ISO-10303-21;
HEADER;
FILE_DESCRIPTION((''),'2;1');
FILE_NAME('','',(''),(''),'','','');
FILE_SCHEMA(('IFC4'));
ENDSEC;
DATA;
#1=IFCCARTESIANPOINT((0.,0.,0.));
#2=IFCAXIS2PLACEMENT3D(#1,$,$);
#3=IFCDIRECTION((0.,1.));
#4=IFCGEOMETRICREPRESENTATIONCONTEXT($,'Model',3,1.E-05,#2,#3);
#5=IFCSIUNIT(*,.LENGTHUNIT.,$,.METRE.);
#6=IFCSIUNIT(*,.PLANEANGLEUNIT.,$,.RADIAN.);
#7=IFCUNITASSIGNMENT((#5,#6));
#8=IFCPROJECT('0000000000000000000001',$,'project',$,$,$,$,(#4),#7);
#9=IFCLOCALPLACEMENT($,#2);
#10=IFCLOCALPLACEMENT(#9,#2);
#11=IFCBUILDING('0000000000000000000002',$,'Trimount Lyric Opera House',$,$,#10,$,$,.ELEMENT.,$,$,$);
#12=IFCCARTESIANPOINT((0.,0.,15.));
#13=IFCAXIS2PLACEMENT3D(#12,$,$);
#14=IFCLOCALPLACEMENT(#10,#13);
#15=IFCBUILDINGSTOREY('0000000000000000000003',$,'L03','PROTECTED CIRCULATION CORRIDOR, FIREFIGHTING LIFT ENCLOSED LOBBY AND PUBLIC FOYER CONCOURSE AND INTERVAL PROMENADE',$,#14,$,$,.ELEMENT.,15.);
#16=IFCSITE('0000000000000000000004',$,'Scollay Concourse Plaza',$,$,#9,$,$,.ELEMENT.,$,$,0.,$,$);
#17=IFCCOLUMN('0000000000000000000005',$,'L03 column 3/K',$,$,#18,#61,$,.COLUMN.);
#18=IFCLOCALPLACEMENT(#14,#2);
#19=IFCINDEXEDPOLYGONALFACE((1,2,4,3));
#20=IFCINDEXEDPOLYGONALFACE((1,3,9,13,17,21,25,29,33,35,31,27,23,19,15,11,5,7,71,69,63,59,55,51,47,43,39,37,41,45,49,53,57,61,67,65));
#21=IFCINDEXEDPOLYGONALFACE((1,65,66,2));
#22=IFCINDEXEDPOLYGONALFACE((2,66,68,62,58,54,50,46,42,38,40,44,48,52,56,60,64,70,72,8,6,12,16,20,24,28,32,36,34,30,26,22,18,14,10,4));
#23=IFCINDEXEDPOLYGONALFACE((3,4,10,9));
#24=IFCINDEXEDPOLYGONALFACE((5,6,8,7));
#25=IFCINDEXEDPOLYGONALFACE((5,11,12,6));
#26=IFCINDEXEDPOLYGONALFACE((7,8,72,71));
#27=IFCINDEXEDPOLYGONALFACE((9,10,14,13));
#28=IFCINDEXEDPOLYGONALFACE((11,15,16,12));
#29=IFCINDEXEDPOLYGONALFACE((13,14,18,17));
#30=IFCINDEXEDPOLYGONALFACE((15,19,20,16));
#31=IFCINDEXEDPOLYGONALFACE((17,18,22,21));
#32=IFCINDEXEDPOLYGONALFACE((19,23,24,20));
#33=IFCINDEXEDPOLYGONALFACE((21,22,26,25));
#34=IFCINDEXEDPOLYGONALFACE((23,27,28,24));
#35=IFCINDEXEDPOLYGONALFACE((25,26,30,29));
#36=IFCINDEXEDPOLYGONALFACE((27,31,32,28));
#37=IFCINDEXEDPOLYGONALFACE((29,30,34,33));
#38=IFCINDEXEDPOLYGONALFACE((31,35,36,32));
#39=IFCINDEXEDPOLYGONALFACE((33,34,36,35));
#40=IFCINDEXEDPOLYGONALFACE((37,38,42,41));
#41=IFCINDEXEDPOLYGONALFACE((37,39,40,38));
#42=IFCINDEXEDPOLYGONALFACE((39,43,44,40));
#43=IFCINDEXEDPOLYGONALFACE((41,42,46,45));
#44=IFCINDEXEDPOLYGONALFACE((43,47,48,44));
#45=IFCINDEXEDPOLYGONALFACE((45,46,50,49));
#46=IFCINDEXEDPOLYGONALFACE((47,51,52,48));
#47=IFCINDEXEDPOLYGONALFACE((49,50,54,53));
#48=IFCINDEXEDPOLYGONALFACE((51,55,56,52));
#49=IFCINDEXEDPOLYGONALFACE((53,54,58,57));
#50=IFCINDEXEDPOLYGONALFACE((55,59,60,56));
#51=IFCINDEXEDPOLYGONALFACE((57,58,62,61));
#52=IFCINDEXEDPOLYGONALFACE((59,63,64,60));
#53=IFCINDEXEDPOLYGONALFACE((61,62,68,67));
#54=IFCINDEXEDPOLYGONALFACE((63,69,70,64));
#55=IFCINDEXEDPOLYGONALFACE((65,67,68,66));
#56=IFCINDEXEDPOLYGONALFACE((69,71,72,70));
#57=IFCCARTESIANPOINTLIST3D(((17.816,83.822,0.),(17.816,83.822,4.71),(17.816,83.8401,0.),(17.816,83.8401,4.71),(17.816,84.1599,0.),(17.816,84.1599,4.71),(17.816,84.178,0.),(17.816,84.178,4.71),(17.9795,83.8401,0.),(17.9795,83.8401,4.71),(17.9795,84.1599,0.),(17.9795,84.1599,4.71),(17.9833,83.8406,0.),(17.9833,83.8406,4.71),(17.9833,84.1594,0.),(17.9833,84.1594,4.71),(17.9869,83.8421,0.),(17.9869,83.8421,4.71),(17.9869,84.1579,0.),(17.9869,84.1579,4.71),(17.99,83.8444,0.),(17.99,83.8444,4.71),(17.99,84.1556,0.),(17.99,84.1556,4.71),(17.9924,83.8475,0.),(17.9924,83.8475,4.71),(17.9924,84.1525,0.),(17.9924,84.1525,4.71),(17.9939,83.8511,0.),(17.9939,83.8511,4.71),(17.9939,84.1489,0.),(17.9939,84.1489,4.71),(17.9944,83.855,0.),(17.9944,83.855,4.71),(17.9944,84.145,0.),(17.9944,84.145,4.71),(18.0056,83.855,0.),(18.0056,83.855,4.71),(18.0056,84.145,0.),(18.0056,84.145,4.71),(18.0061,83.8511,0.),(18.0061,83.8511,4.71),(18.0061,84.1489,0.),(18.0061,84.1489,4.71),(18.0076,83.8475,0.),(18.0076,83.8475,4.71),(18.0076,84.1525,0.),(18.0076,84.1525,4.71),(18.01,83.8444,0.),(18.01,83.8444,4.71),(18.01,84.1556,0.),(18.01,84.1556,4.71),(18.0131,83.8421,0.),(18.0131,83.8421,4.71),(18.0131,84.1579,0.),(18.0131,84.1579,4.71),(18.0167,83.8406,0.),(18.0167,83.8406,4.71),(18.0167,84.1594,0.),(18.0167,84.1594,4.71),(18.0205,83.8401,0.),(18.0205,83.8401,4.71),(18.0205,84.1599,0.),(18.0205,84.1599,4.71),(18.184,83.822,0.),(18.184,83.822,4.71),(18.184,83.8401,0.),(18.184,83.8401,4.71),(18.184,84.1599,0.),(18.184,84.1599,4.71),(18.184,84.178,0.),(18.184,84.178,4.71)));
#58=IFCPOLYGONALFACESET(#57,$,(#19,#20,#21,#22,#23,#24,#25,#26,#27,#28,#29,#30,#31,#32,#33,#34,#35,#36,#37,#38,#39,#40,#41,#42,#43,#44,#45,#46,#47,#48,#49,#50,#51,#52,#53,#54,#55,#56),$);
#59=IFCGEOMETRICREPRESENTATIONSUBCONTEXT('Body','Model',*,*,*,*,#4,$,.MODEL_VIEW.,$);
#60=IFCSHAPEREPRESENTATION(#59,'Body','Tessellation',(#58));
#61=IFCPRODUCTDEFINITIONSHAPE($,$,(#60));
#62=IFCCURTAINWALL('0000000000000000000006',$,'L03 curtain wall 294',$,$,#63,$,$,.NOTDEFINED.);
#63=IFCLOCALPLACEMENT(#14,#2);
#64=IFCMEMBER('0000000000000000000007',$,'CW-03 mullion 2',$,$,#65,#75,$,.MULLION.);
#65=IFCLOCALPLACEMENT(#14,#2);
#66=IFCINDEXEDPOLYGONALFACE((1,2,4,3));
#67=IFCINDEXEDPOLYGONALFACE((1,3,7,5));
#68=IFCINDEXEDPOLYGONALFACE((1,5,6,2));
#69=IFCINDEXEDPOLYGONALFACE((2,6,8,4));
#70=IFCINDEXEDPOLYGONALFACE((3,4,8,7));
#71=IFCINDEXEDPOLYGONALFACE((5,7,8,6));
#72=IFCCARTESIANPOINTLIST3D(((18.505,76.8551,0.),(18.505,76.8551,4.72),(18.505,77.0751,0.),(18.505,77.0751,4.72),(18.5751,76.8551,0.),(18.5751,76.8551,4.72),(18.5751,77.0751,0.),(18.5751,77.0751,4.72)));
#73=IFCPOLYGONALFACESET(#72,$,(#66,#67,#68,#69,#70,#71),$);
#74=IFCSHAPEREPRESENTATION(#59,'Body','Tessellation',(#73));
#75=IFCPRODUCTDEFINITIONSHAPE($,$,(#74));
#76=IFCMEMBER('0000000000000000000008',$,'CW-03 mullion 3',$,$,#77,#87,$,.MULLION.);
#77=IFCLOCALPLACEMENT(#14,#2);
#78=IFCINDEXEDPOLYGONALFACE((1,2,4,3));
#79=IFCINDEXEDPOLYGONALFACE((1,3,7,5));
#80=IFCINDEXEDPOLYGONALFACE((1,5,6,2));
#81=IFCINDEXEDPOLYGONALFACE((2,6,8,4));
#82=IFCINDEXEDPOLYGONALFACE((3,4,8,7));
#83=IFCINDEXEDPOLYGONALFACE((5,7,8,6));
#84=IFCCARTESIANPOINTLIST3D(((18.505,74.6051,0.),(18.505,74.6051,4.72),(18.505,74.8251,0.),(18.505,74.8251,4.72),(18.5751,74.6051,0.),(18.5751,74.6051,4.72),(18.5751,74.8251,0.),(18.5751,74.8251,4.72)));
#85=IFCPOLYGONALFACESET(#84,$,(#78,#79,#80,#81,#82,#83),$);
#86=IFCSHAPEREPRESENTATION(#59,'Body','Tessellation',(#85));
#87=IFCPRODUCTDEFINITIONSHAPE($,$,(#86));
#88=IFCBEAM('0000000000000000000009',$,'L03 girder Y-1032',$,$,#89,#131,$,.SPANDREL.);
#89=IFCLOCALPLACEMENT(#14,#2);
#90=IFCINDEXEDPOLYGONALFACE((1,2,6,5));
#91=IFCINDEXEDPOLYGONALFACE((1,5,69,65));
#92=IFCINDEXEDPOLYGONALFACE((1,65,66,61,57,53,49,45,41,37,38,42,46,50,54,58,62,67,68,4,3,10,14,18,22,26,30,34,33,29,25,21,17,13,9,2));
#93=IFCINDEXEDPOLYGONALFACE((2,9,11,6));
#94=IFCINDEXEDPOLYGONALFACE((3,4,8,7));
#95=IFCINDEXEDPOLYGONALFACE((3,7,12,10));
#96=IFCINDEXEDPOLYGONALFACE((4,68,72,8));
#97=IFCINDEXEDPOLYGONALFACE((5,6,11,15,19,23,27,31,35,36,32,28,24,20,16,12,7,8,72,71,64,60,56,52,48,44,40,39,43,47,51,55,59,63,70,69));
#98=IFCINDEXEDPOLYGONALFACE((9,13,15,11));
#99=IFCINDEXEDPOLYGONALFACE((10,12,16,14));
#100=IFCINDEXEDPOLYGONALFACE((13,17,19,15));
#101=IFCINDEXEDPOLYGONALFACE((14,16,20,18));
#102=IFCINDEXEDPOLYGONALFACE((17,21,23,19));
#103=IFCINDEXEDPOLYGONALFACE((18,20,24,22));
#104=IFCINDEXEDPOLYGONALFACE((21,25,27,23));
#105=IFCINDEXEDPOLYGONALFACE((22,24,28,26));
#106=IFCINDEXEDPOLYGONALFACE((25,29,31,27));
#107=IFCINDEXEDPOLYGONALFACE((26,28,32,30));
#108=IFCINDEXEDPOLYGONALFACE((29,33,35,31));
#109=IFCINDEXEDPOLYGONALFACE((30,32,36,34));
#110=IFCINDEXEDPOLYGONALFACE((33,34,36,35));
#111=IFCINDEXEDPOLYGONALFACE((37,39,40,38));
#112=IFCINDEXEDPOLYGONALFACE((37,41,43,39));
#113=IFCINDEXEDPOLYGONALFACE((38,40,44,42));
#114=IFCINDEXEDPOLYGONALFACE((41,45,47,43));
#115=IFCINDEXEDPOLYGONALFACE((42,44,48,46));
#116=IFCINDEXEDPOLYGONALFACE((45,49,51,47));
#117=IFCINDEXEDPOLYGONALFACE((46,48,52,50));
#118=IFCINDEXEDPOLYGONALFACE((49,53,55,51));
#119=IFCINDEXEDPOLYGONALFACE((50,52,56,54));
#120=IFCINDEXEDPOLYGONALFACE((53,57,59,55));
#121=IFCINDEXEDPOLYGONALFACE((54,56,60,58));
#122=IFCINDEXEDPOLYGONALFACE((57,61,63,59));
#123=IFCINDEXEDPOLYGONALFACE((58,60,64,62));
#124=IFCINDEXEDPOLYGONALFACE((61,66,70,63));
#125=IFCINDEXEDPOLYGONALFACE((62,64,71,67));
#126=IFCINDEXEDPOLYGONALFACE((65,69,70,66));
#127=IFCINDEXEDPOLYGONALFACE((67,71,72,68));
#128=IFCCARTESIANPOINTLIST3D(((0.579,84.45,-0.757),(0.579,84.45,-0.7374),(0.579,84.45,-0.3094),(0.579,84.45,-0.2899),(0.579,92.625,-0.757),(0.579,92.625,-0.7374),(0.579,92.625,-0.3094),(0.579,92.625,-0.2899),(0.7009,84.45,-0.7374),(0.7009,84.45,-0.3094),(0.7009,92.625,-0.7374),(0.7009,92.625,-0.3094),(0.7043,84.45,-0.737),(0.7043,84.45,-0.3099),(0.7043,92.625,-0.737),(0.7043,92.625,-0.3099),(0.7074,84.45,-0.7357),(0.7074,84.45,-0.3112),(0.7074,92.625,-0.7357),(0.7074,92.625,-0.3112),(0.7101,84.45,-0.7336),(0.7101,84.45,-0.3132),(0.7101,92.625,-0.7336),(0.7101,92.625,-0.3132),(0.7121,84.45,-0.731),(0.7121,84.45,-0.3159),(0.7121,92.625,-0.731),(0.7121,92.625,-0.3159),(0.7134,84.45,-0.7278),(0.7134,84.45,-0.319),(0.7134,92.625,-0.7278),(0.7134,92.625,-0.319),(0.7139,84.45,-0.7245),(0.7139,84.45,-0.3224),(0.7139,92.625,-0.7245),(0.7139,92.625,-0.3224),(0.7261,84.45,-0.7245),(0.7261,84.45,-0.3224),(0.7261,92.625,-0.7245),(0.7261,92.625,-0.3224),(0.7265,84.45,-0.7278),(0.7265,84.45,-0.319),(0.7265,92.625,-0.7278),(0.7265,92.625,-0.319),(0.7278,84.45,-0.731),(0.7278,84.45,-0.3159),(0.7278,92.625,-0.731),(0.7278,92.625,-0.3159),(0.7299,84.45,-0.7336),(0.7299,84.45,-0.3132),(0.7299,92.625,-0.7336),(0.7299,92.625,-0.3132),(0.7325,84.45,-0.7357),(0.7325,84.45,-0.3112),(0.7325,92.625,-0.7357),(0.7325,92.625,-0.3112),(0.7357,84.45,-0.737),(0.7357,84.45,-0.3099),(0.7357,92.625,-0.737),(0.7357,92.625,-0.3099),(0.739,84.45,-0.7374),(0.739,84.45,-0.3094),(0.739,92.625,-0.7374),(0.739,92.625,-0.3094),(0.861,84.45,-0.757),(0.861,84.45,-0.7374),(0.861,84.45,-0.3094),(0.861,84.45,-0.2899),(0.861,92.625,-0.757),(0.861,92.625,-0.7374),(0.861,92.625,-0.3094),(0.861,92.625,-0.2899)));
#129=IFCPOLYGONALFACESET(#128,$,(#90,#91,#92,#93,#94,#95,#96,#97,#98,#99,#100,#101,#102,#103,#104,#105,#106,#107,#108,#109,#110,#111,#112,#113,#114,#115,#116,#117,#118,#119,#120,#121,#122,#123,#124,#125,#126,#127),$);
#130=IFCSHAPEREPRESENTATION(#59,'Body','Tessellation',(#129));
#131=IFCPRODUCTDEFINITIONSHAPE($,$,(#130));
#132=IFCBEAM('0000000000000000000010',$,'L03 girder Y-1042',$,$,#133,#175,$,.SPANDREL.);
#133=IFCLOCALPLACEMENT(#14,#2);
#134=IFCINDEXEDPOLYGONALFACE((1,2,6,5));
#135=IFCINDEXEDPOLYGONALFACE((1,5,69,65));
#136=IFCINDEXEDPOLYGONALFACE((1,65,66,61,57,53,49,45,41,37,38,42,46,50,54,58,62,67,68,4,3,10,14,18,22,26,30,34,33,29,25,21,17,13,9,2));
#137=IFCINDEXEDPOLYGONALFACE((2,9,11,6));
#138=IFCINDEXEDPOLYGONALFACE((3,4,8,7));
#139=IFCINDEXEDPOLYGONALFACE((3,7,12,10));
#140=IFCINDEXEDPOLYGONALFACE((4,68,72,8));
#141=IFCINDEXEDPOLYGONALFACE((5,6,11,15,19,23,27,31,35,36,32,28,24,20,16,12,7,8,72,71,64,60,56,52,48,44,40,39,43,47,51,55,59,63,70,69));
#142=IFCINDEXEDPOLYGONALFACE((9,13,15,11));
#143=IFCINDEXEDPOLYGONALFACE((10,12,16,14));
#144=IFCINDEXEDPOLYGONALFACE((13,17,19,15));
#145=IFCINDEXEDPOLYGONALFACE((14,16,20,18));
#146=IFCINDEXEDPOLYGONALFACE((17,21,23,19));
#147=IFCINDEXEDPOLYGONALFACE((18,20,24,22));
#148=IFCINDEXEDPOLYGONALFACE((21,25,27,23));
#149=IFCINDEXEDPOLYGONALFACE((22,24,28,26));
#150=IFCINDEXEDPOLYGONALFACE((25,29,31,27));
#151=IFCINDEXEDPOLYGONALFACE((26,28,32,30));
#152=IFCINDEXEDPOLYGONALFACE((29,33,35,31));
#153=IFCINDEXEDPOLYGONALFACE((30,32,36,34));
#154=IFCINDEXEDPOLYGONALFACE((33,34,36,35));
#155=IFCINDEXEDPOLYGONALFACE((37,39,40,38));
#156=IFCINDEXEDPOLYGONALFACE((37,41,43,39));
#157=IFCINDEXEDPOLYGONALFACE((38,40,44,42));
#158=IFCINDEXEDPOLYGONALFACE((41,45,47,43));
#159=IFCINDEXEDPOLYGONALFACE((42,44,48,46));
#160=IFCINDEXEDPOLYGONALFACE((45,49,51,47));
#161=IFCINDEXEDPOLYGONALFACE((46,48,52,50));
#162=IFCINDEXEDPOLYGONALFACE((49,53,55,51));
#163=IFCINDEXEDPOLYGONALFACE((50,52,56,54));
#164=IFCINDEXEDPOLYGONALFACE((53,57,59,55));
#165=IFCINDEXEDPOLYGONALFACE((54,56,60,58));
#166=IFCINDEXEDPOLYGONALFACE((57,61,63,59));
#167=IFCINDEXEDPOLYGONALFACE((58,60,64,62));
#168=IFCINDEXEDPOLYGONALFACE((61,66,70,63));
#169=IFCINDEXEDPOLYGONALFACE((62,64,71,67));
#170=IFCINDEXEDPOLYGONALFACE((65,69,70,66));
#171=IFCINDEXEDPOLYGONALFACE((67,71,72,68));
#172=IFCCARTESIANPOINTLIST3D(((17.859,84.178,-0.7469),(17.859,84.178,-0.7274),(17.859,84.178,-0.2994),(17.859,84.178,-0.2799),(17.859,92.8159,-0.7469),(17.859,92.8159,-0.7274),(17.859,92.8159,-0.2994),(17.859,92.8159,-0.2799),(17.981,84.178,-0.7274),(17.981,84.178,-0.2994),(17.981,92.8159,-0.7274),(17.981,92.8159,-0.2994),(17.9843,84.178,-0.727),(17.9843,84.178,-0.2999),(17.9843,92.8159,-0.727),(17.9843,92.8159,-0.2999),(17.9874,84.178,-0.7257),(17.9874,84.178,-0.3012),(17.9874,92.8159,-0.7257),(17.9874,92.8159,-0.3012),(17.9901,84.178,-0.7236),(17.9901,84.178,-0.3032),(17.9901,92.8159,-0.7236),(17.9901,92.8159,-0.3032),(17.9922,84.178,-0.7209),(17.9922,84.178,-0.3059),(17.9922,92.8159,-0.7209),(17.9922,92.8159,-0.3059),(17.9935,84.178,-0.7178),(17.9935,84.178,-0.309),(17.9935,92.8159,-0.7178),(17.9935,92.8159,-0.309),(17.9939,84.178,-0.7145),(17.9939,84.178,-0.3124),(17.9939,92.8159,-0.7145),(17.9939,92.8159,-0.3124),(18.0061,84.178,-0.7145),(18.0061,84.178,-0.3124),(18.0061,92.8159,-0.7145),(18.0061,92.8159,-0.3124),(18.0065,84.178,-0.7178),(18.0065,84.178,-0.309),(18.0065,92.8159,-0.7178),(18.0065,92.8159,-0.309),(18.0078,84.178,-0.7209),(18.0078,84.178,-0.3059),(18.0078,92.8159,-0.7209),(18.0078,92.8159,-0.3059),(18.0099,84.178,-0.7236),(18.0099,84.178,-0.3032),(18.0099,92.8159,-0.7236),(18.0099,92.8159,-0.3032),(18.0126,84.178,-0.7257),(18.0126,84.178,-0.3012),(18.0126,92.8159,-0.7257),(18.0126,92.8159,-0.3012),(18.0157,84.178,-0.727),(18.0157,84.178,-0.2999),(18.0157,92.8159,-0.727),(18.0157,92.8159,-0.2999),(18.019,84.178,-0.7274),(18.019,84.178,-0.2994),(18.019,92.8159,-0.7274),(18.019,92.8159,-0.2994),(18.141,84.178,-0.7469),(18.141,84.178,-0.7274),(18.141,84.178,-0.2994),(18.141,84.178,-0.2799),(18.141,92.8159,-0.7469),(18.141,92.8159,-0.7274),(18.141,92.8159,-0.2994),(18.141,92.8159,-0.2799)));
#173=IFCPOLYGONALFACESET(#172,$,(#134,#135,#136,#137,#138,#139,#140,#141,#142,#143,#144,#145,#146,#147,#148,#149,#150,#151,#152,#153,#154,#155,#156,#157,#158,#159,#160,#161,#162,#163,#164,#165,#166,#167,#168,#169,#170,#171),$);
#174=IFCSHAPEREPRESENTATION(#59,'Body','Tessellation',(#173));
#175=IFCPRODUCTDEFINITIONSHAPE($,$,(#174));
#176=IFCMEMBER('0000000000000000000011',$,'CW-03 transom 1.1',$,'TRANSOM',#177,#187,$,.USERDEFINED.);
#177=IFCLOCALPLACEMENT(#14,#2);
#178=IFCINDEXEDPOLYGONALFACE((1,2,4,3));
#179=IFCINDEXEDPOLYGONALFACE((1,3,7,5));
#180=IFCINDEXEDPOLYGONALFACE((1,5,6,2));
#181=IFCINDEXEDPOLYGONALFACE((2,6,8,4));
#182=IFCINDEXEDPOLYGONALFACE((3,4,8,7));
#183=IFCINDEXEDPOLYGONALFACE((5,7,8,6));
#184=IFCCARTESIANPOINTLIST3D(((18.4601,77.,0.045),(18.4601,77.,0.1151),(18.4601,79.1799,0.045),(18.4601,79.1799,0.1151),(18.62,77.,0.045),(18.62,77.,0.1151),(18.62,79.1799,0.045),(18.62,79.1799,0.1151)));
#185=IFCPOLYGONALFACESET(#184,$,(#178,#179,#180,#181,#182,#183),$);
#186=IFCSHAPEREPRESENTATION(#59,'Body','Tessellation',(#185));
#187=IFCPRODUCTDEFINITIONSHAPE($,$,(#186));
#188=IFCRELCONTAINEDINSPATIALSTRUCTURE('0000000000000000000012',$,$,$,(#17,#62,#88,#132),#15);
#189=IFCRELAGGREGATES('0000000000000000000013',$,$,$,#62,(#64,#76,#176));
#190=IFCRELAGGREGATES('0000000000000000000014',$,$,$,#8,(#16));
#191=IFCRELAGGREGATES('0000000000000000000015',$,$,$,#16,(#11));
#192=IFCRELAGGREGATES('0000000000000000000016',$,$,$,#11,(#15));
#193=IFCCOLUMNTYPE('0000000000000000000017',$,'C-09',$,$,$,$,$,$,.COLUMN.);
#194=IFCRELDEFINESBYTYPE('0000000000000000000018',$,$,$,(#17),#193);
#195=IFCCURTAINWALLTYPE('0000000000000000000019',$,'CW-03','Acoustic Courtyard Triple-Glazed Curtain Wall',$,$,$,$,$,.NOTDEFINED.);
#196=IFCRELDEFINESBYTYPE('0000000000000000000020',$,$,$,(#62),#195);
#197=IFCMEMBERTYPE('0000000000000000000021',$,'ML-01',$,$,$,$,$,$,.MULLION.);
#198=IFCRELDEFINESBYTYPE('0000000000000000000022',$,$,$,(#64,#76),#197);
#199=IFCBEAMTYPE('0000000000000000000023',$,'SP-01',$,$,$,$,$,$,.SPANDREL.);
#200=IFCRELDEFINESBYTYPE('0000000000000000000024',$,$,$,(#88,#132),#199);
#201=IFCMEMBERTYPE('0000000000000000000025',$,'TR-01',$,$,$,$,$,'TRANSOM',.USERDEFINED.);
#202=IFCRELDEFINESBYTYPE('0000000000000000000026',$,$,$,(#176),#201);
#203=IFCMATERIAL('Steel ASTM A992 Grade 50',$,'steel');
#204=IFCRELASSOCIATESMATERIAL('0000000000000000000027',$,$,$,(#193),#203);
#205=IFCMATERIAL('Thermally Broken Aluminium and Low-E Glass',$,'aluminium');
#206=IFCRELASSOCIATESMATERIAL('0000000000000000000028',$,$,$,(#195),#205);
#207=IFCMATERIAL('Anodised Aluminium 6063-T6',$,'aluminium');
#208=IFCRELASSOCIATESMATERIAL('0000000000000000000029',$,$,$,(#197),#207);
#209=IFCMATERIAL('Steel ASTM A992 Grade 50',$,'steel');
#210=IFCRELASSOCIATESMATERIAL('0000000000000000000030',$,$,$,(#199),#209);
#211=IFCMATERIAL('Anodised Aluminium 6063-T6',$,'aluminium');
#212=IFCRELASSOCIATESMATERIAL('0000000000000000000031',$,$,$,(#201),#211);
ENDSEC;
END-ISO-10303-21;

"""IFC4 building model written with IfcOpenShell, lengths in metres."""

from ifc_helpers import new_model, si_unit, direction, frame, origin, origin_2d, place, context, subcontext, project, spatial, rectangle, i_section, extrude, material, material_profile, profile_set, type_object, element, aggregate, save


model = new_model("IFC4")

# Units and contexts
model_context = context("Model", 3, precision=1e-05, world=origin(), true_north=direction((0.0, 1.0)))
body_context = subcontext(model_context, "Body", "Model", "MODEL_VIEW")
ifc_project = project(units=[si_unit("LENGTHUNIT", "METRE"), si_unit("PLANEANGLEUNIT", "RADIAN")], contexts=[model_context])

# Site, building, storey
site_placement = place(None, origin())
site = spatial("IfcSite", under=ifc_project, at=site_placement, Name="Scollay Concourse Plaza", CompositionType="ELEMENT", RefElevation=0.0)
building_placement = place(site_placement, origin())
building = spatial("IfcBuilding", under=site, at=building_placement, Name="Trimount Lyric Opera House", CompositionType="ELEMENT")
storey_placement = place(building_placement, frame((0.0, 0.0, 15.0)))
storey = spatial("IfcBuildingStorey", under=building, at=storey_placement, Name="L03", Description="PROTECTED CIRCULATION CORRIDOR, FIREFIGHTING LIFT ENCLOSED LOBBY AND PUBLIC FOYER CONCOURSE AND INTERVAL PROMENADE", CompositionType="ELEMENT", Elevation=15.0)

# Column
ifc_material_1 = material(Name="Steel ASTM A992 Grade 50", Category="steel")
ifc_material_profile_1 = material_profile(ifc_material_1, i_section(OverallWidth=0.3679, OverallDepth=0.356, WebThickness=0.0112, FlangeThickness=0.0181, FilletRadius=0.0149, at=origin_2d()), Name="W14X90")
ifc_profile_set_1 = profile_set([ifc_material_profile_1], Name="Steel ASTM A992 Grade 50")
column_type = type_object("IfcColumnType", Name="C-09", PredefinedType="COLUMN", material=ifc_profile_set_1)
column_placement = place(storey_placement, frame((18.0, 84.0, 0.0), z_axis=(0.0, 0.0, 1.0), x_axis=(1.0, 0.0, 0.0)))
element("IfcColumn", 1, at=column_placement, inside=storey, type_object=column_type, Name="L03 column 3/K", PredefinedType="COLUMN", context=body_context, shape_type="SweptSolid", body=[
    extrude(i_section(OverallWidth=0.3679, OverallDepth=0.356, WebThickness=0.0112, FlangeThickness=0.0181, FilletRadius=0.0149, at=origin_2d()), origin(), (0.0, 0.0, 1.0), 4.71),
])

# Curtain wall, members
ifc_material_2 = material(Name="Thermally Broken Aluminium and Low-E Glass", Category="aluminium")
curtain_wall_type = type_object("IfcCurtainWallType", Name="CW-03", Description="Acoustic Courtyard Triple-Glazed Curtain Wall", PredefinedType="NOTDEFINED", material=ifc_material_2)
curtain_wall_placement = place(storey_placement, origin())
curtain_wall = element("IfcCurtainWall", 2, at=curtain_wall_placement, inside=storey, type_object=curtain_wall_type, Name="L03 curtain wall 294", PredefinedType="NOTDEFINED")
ifc_material_3 = material(Name="Anodised Aluminium 6063-T6", Category="aluminium")
ifc_material_profile_2 = material_profile(ifc_material_3, rectangle(XDim=0.0701, YDim=0.22, at=origin_2d()), Name="ALU-MULL-70X220")
ifc_profile_set_2 = profile_set([ifc_material_profile_2], Name="Anodised Aluminium 6063-T6")
member_type_1 = type_object("IfcMemberType", Name="ML-01", PredefinedType="MULLION", material=ifc_profile_set_2)
member_1_placement = place(storey_placement, frame((18.54, 76.9651, 0.0), z_axis=(0.0, 0.0, 1.0), x_axis=(1.0, 0.0, 0.0)))
member_1 = element("IfcMember", 3, at=member_1_placement, type_object=member_type_1, Name="CW-03 mullion 2", PredefinedType="MULLION", context=body_context, shape_type="SweptSolid", body=[
    extrude(rectangle(XDim=0.0701, YDim=0.22, at=origin_2d()), origin(), (0.0, 0.0, 1.0), 4.72),
])
member_2_placement = place(storey_placement, frame((18.54, 74.7151, 0.0), z_axis=(0.0, 0.0, 1.0), x_axis=(1.0, 0.0, 0.0)))
member_2 = element("IfcMember", 4, at=member_2_placement, type_object=member_type_1, Name="CW-03 mullion 3", PredefinedType="MULLION", context=body_context, shape_type="SweptSolid", body=[
    extrude(rectangle(XDim=0.0701, YDim=0.22, at=origin_2d()), origin(), (0.0, 0.0, 1.0), 4.72),
])

# Beams
ifc_material_4 = material(Name="Steel ASTM A992 Grade 50", Category="steel")
ifc_material_profile_3 = material_profile(ifc_material_4, i_section(OverallWidth=0.282, OverallDepth=0.467, WebThickness=0.0122, FlangeThickness=0.0195, FilletRadius=0.0129, at=origin_2d()), Name="W18X86")
ifc_profile_set_3 = profile_set([ifc_material_profile_3], Name="Steel ASTM A992 Grade 50")
beam_type = type_object("IfcBeamType", Name="SP-01", PredefinedType="SPANDREL", material=ifc_profile_set_3)
beam_1_placement = place(storey_placement, frame((0.72, 84.45, -0.5234), z_axis=(0.0, 1.0, 0.0), x_axis=(-1.0, 0.0, 0.0)))
element("IfcBeam", 5, at=beam_1_placement, inside=storey, type_object=beam_type, Name="L03 girder Y-1032", PredefinedType="SPANDREL", context=body_context, shape_type="SweptSolid", body=[
    extrude(i_section(OverallWidth=0.282, OverallDepth=0.467, WebThickness=0.0122, FlangeThickness=0.0195, FilletRadius=0.0129, at=origin_2d()), origin(), (0.0, 0.0, 1.0), 8.175),
])
beam_2_placement = place(storey_placement, frame((18.0, 84.178, -0.5134), z_axis=(0.0, 1.0, 0.0), x_axis=(-1.0, 0.0, 0.0)))
element("IfcBeam", 6, at=beam_2_placement, inside=storey, type_object=beam_type, Name="L03 girder Y-1042", PredefinedType="SPANDREL", context=body_context, shape_type="SweptSolid", body=[
    extrude(i_section(OverallWidth=0.282, OverallDepth=0.467, WebThickness=0.0122, FlangeThickness=0.0195, FilletRadius=0.0129, at=origin_2d()), origin(), (0.0, 0.0, 1.0), 8.6379),
])

# Member
ifc_material_5 = material(Name="Anodised Aluminium 6063-T6", Category="aluminium")
ifc_material_profile_4 = material_profile(ifc_material_5, rectangle(XDim=0.1599, YDim=0.0701, at=origin_2d()), Name="ALU-TRAN-70X160")
ifc_profile_set_4 = profile_set([ifc_material_profile_4], Name="Anodised Aluminium 6063-T6")
member_type_2 = type_object("IfcMemberType", Name="TR-01", ElementType="TRANSOM", PredefinedType="USERDEFINED", material=ifc_profile_set_4)
member_3_placement = place(storey_placement, frame((18.54, 79.1799, 0.0801), z_axis=(0.0, -1.0, 0.0), x_axis=(1.0, 0.0, 0.0)))
member_3 = element("IfcMember", 7, at=member_3_placement, type_object=member_type_2, Name="CW-03 transom 1.1", ObjectType="TRANSOM", PredefinedType="USERDEFINED", context=body_context, shape_type="SweptSolid", body=[
    extrude(rectangle(XDim=0.1599, YDim=0.0701, at=origin_2d()), origin(), (0.0, 0.0, 1.0), 2.1799),
])

aggregate(curtain_wall, [member_1, member_2, member_3])

save(model, "model.ifc")
